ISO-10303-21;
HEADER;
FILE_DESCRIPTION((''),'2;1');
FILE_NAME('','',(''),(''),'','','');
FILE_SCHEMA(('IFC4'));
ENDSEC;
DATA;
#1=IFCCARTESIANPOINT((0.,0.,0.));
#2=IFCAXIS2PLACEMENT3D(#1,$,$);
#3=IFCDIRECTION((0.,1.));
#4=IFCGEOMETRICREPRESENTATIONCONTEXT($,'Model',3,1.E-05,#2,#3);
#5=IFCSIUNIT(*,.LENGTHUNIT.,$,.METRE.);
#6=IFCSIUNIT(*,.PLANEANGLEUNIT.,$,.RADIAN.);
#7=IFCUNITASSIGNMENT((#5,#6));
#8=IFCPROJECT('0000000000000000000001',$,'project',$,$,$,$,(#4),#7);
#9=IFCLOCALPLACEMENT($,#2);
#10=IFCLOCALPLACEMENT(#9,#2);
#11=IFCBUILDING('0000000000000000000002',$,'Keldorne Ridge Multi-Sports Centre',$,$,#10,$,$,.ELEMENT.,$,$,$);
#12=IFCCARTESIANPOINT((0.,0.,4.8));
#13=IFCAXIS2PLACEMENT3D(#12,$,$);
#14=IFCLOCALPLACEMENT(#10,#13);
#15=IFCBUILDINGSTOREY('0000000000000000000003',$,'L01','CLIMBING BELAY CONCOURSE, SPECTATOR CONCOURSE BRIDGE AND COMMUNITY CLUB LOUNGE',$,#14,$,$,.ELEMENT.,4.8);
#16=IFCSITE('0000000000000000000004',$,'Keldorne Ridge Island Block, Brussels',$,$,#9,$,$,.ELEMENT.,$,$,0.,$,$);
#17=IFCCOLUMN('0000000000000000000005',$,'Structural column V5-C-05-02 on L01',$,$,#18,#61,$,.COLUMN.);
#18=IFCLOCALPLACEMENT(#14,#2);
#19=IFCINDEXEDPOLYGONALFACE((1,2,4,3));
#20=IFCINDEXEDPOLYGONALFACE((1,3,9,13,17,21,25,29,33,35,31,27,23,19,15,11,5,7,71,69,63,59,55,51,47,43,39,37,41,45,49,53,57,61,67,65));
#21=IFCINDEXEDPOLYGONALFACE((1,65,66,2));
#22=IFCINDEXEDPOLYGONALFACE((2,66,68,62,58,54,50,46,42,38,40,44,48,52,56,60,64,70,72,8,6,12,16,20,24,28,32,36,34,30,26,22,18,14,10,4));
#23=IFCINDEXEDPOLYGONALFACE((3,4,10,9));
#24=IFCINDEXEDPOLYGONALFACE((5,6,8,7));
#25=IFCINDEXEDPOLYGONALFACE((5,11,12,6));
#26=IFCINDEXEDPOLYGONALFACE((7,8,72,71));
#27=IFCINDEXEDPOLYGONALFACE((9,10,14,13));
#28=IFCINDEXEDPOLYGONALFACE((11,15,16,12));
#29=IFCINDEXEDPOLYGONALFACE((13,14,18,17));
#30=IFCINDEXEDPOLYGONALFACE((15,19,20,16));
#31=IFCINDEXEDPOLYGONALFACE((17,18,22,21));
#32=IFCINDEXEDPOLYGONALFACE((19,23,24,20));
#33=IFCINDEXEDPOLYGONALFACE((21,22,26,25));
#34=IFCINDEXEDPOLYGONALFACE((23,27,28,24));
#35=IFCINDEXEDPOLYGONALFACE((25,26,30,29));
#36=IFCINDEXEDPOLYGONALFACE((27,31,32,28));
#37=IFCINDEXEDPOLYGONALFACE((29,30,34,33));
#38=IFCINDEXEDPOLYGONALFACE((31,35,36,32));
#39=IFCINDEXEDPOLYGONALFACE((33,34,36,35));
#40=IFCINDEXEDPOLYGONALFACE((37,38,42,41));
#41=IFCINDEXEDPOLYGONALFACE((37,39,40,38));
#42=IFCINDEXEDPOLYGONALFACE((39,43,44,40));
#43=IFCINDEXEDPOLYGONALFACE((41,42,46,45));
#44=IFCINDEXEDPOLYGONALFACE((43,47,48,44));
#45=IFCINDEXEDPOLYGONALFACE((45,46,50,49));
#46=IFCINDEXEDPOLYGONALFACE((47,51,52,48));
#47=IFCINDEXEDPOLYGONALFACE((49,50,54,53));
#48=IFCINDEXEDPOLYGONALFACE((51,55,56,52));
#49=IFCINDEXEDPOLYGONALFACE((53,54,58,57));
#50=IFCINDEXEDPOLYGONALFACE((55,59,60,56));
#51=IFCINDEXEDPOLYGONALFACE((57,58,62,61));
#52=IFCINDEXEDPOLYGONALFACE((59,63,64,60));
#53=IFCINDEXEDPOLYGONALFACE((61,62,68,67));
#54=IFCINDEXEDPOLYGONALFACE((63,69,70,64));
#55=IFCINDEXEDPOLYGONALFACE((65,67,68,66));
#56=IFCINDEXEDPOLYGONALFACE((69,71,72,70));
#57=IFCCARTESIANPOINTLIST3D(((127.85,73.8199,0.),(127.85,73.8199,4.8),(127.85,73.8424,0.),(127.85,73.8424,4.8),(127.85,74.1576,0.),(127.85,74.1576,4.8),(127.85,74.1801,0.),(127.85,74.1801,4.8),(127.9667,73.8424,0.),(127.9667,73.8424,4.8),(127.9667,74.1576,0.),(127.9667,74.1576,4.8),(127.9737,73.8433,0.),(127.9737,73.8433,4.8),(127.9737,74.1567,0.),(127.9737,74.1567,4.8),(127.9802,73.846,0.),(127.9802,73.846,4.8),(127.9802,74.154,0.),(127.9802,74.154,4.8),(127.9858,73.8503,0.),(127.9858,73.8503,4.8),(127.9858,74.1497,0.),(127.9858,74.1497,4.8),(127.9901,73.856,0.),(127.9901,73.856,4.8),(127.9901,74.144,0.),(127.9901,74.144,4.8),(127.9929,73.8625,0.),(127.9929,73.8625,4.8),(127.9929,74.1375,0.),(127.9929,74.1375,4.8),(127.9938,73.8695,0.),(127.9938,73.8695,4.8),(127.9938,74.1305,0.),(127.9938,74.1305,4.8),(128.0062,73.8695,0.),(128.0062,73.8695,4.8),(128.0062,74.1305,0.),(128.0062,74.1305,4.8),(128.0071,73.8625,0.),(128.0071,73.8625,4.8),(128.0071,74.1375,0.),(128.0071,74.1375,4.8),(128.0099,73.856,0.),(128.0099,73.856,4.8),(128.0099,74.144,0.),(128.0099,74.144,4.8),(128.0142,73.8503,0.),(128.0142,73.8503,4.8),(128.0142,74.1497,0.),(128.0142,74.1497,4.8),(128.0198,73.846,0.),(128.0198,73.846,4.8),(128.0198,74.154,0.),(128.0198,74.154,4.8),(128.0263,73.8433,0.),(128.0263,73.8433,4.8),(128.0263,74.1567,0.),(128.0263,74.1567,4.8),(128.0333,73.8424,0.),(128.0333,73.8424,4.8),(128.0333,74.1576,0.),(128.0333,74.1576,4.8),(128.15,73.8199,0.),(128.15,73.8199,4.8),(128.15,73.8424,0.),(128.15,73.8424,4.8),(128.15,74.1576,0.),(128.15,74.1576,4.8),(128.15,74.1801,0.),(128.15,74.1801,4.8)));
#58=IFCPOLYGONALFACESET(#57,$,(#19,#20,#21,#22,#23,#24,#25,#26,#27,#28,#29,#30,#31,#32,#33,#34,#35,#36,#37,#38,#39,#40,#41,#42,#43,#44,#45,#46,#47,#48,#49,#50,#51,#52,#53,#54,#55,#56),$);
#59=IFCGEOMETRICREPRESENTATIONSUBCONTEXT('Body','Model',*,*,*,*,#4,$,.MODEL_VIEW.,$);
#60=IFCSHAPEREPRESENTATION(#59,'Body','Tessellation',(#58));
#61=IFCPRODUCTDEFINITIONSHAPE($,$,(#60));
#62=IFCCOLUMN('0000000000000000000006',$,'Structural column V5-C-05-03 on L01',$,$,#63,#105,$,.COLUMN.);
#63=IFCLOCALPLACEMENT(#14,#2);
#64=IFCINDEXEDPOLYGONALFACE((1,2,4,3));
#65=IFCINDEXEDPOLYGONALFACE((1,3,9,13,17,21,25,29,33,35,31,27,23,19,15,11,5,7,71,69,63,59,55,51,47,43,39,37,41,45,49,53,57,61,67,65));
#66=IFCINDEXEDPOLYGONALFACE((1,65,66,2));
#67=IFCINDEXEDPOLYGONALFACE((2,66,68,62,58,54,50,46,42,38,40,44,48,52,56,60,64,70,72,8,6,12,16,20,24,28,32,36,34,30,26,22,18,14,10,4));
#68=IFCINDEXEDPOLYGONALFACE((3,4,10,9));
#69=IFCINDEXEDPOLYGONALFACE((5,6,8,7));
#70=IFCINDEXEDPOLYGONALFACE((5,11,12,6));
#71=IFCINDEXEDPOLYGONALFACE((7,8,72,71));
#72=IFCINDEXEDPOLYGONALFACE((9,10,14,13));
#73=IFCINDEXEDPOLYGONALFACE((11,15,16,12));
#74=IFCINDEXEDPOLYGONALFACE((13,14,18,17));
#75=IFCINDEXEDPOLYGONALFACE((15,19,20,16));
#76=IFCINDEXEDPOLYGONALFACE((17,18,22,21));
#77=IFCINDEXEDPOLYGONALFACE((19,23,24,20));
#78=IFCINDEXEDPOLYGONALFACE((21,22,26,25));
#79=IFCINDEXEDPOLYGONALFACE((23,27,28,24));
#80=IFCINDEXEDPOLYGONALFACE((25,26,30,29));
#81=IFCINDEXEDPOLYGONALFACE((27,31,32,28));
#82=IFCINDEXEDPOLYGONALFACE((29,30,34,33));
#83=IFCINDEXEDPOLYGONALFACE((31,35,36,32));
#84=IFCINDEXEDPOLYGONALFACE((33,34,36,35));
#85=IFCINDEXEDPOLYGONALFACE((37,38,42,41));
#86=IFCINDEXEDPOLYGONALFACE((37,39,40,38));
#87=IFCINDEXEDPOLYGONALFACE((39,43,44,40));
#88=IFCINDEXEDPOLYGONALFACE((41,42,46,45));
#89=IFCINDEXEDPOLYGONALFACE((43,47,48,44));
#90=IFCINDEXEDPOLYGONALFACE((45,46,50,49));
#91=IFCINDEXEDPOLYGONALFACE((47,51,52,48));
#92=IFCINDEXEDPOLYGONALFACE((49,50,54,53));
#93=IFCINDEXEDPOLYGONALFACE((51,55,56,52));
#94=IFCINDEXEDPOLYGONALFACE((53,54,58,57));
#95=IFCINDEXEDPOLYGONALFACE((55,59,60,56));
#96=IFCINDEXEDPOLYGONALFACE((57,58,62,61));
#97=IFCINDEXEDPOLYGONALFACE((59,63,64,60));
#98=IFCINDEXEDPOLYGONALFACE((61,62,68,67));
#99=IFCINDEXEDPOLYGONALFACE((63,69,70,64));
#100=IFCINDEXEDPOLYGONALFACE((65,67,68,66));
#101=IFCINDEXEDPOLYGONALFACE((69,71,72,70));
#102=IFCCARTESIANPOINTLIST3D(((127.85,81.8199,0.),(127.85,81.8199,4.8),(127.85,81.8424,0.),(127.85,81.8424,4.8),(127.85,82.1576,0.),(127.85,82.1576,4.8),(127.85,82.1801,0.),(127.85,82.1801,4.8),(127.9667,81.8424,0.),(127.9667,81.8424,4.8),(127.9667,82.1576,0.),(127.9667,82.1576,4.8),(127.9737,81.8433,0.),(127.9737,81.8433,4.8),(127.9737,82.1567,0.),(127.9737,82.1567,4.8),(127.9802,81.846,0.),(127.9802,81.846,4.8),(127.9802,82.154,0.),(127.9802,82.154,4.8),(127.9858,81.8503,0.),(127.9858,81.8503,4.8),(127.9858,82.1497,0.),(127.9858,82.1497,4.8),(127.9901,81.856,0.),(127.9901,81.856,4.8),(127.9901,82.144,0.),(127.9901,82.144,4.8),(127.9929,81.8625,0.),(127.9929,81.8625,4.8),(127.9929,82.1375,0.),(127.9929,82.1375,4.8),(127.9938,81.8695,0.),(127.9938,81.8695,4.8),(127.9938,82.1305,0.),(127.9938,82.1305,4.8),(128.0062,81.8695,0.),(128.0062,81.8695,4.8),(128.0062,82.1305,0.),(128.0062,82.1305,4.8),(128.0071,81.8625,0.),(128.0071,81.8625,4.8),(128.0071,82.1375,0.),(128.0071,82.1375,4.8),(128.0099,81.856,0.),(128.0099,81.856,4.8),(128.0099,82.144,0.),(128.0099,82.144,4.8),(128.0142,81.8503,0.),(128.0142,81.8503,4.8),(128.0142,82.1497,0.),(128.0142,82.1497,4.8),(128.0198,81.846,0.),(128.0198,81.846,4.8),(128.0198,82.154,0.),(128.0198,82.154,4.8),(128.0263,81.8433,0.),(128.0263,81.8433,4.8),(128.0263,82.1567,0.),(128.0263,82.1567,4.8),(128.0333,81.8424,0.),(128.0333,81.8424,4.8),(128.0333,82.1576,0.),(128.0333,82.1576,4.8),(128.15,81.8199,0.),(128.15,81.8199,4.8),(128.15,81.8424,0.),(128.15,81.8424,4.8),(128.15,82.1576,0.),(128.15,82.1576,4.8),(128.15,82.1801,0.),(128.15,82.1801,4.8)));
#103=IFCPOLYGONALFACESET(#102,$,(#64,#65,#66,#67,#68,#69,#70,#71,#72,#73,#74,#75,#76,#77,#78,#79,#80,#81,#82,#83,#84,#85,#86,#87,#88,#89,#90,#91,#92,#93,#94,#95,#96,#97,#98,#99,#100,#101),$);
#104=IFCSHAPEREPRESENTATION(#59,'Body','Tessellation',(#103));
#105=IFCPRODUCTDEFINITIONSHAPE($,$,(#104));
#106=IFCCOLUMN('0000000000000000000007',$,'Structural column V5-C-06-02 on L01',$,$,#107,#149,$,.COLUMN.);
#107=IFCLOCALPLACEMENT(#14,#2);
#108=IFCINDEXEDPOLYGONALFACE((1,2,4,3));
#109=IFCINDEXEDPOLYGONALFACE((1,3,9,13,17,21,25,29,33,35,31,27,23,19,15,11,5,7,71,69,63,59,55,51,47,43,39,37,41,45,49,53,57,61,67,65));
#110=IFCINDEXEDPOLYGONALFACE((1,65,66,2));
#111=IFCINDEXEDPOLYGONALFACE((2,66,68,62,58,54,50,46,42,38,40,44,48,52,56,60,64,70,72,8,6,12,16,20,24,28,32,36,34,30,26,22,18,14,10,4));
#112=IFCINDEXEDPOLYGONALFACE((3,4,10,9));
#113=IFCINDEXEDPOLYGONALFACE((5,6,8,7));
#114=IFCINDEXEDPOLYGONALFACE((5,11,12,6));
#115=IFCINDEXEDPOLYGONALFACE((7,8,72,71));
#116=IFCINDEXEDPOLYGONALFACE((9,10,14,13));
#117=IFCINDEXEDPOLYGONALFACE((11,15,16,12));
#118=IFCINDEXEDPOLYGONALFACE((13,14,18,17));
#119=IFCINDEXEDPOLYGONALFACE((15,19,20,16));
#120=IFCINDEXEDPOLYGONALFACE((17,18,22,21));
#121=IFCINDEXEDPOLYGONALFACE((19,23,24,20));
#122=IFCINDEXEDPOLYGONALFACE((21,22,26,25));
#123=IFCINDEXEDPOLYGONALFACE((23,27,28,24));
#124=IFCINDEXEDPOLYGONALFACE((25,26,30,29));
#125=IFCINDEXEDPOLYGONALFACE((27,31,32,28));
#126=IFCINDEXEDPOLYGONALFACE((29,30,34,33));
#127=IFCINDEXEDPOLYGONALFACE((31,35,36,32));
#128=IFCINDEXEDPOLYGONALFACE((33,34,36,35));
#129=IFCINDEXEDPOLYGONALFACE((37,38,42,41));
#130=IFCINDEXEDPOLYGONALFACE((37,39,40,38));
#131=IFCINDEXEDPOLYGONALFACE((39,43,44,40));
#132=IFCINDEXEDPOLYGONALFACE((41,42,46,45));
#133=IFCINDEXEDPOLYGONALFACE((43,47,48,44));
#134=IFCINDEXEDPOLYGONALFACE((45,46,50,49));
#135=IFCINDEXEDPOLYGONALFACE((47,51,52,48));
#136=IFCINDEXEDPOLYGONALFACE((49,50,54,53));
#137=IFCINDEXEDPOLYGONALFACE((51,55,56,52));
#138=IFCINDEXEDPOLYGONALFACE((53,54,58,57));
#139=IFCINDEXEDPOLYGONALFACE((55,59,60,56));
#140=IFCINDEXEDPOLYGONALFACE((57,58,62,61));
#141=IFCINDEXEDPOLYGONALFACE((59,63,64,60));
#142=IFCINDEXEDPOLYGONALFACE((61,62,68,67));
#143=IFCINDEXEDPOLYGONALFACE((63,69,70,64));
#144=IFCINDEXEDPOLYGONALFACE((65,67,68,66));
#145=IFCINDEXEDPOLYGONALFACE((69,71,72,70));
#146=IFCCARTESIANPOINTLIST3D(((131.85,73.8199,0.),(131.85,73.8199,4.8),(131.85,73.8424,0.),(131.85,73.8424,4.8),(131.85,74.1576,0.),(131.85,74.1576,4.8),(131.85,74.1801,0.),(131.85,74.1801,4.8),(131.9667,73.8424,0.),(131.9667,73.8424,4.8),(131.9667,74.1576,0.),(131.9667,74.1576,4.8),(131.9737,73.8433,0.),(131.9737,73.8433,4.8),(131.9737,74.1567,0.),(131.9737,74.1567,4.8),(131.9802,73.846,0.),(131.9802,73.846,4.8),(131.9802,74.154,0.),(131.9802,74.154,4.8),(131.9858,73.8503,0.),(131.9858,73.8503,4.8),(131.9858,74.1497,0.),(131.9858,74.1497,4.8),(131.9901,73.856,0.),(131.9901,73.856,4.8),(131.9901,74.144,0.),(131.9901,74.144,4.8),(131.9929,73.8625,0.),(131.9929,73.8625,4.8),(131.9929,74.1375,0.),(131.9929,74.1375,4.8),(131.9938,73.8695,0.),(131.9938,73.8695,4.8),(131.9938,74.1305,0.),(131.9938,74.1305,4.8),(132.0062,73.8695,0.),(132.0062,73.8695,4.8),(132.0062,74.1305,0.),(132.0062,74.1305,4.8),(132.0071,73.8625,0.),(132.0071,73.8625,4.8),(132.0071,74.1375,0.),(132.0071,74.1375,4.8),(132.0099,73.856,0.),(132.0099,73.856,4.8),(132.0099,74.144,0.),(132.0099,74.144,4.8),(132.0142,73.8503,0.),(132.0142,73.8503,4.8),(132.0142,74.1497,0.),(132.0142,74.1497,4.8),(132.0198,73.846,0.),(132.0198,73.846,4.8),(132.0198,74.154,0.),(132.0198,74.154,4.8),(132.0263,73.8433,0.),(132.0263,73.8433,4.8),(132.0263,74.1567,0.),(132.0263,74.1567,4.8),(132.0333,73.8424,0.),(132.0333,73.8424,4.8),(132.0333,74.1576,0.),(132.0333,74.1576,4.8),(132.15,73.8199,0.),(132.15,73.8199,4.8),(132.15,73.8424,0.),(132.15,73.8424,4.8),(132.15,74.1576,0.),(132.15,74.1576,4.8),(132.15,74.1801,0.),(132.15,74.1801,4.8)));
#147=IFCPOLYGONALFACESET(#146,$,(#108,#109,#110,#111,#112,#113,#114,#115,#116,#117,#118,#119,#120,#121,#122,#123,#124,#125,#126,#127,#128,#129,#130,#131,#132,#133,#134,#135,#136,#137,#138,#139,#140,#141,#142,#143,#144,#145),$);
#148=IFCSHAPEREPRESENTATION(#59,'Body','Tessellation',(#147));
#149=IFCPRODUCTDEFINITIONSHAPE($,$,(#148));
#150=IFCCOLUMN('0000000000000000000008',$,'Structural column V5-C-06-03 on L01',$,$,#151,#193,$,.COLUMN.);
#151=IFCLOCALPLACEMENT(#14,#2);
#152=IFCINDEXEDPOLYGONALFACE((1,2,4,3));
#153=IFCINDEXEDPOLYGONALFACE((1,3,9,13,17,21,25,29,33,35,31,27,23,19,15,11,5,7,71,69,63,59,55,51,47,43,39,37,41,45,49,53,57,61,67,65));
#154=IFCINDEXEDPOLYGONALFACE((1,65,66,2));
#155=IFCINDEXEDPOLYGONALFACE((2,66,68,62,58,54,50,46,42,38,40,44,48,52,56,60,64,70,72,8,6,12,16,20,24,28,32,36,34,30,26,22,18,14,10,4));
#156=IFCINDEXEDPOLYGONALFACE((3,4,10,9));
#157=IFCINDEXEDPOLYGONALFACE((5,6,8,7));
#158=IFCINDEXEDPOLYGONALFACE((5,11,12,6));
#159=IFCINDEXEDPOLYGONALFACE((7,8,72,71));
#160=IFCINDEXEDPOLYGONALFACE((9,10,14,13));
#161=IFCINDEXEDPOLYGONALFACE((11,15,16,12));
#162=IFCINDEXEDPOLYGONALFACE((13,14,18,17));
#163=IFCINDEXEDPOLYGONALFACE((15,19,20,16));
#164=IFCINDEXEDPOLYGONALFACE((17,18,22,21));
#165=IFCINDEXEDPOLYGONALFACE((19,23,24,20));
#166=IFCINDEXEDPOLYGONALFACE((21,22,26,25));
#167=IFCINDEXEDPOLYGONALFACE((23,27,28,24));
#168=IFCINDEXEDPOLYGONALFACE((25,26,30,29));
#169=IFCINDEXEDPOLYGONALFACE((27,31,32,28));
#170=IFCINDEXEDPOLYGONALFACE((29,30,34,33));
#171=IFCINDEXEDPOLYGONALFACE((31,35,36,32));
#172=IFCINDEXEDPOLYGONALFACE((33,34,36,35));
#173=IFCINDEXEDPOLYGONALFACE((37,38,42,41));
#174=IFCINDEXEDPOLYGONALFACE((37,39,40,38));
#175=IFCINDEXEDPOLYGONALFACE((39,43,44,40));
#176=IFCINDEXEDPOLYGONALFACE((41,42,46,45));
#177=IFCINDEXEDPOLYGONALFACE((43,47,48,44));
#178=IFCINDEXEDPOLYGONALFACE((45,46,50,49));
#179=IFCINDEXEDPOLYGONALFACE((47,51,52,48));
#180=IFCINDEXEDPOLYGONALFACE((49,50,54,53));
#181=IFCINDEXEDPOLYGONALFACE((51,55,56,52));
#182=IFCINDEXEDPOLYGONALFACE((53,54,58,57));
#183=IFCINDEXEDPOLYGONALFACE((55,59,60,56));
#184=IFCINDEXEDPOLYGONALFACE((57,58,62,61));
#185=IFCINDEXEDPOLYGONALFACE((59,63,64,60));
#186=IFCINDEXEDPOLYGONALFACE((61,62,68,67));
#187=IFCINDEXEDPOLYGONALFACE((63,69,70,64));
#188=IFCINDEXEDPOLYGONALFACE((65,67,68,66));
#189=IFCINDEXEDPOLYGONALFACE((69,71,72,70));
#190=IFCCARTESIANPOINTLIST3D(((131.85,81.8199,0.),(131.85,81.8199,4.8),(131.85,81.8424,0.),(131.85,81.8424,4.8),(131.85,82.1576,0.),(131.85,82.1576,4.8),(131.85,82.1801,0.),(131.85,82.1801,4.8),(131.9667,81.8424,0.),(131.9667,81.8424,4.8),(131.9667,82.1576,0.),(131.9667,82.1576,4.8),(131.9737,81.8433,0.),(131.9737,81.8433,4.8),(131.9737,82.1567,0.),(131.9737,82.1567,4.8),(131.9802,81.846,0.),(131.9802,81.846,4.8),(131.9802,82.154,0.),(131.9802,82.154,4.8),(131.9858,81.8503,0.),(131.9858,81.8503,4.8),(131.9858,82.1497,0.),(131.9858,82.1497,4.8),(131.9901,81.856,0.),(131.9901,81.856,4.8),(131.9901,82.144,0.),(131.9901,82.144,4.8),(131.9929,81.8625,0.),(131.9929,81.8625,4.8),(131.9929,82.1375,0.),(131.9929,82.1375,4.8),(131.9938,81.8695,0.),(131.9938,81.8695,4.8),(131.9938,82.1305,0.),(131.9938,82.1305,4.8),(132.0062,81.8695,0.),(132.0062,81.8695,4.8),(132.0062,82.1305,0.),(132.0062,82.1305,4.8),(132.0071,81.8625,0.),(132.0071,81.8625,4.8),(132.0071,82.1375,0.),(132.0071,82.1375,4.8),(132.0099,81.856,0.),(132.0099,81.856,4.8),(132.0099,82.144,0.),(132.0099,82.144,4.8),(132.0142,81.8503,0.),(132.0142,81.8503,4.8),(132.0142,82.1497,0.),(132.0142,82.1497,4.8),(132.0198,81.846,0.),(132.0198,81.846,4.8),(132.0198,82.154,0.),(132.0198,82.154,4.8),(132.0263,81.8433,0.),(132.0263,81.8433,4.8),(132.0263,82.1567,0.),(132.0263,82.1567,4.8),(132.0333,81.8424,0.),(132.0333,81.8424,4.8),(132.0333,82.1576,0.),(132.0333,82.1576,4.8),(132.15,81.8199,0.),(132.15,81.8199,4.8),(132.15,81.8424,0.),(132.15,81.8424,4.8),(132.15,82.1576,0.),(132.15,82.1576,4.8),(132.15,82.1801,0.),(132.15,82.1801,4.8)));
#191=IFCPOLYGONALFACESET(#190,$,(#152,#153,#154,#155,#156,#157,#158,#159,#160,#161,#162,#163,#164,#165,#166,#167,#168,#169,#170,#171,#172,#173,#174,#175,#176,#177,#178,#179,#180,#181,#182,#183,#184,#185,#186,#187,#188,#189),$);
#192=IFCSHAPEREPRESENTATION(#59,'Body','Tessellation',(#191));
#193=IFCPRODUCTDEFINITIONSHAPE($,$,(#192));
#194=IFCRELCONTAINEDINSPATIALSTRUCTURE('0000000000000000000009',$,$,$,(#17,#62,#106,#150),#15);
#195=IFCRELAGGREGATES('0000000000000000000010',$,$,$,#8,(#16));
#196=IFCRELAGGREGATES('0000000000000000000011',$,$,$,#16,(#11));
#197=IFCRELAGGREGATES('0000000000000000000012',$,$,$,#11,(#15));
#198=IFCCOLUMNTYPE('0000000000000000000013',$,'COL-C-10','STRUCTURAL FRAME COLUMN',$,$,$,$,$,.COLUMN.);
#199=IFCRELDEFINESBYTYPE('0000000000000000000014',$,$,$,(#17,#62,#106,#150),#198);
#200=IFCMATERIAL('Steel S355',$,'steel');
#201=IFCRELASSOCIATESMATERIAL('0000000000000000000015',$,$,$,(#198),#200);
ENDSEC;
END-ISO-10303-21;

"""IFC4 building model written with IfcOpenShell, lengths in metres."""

from ifc_helpers import new_model, si_unit, direction, frame, origin, origin_2d, place, context, subcontext, project, spatial, i_section, extrude, material, material_profile, profile_set, type_object, element, save


model = new_model("IFC4")

# Units and contexts
model_context = context("Model", 3, precision=1e-05, world=origin(), true_north=direction((0.0, 1.0)))
body_context = subcontext(model_context, "Body", "Model", "MODEL_VIEW")
ifc_project = project(units=[si_unit("LENGTHUNIT", "METRE"), si_unit("PLANEANGLEUNIT", "RADIAN")], contexts=[model_context])

# Site, building, storey
site_placement = place(None, origin())
site = spatial("IfcSite", under=ifc_project, at=site_placement, Name="Keldorne Ridge Island Block, Brussels", CompositionType="ELEMENT", RefElevation=0.0)
building_placement = place(site_placement, origin())
building = spatial("IfcBuilding", under=site, at=building_placement, Name="Keldorne Ridge Multi-Sports Centre", CompositionType="ELEMENT")
storey_placement = place(building_placement, frame((0.0, 0.0, 4.8)))
storey = spatial("IfcBuildingStorey", under=building, at=storey_placement, Name="L01", Description="CLIMBING BELAY CONCOURSE, SPECTATOR CONCOURSE BRIDGE AND COMMUNITY CLUB LOUNGE", CompositionType="ELEMENT", Elevation=4.8)

# Columns
ifc_material_1 = material(Name="Steel S355", Category="steel")
ifc_material_profile_1 = material_profile(ifc_material_1, i_section(OverallWidth=0.3, OverallDepth=0.3601, WebThickness=0.0125, FlangeThickness=0.0225, FilletRadius=0.0271, at=origin_2d()), Name="HEB 360")
ifc_profile_set_1 = profile_set([ifc_material_profile_1], Name="Steel S355")
column_type = type_object("IfcColumnType", Name="COL-C-10", Description="STRUCTURAL FRAME COLUMN", PredefinedType="COLUMN", material=ifc_profile_set_1)
for number, where, z_axis, x_axis, name in (
    (1, (128.0, 74.0, 0.0), (0.0, 0.0, 1.0), (1.0, 0.0, 0.0), "Structural column V5-C-05-02 on L01"),
    (2, (128.0, 82.0, 0.0), (0.0, 0.0, 1.0), (1.0, 0.0, 0.0), "Structural column V5-C-05-03 on L01"),
    (3, (132.0, 74.0, 0.0), (0.0, 0.0, 1.0), (1.0, 0.0, 0.0), "Structural column V5-C-06-02 on L01"),
    (4, (132.0, 82.0, 0.0), (0.0, 0.0, 1.0), (1.0, 0.0, 0.0), "Structural column V5-C-06-03 on L01"),
):
    element("IfcColumn", number, at=place(storey_placement, frame(where, z_axis=z_axis, x_axis=x_axis)), inside=storey, type_object=column_type, Name=name, PredefinedType="COLUMN", context=body_context, shape_type="SweptSolid", body=[
        extrude(i_section(OverallWidth=0.3, OverallDepth=0.3601, WebThickness=0.0125, FlangeThickness=0.0225, FilletRadius=0.0271, at=origin_2d()), origin(), (0.0, 0.0, 1.0), 4.8),
    ])

save(model, "model.ifc")
